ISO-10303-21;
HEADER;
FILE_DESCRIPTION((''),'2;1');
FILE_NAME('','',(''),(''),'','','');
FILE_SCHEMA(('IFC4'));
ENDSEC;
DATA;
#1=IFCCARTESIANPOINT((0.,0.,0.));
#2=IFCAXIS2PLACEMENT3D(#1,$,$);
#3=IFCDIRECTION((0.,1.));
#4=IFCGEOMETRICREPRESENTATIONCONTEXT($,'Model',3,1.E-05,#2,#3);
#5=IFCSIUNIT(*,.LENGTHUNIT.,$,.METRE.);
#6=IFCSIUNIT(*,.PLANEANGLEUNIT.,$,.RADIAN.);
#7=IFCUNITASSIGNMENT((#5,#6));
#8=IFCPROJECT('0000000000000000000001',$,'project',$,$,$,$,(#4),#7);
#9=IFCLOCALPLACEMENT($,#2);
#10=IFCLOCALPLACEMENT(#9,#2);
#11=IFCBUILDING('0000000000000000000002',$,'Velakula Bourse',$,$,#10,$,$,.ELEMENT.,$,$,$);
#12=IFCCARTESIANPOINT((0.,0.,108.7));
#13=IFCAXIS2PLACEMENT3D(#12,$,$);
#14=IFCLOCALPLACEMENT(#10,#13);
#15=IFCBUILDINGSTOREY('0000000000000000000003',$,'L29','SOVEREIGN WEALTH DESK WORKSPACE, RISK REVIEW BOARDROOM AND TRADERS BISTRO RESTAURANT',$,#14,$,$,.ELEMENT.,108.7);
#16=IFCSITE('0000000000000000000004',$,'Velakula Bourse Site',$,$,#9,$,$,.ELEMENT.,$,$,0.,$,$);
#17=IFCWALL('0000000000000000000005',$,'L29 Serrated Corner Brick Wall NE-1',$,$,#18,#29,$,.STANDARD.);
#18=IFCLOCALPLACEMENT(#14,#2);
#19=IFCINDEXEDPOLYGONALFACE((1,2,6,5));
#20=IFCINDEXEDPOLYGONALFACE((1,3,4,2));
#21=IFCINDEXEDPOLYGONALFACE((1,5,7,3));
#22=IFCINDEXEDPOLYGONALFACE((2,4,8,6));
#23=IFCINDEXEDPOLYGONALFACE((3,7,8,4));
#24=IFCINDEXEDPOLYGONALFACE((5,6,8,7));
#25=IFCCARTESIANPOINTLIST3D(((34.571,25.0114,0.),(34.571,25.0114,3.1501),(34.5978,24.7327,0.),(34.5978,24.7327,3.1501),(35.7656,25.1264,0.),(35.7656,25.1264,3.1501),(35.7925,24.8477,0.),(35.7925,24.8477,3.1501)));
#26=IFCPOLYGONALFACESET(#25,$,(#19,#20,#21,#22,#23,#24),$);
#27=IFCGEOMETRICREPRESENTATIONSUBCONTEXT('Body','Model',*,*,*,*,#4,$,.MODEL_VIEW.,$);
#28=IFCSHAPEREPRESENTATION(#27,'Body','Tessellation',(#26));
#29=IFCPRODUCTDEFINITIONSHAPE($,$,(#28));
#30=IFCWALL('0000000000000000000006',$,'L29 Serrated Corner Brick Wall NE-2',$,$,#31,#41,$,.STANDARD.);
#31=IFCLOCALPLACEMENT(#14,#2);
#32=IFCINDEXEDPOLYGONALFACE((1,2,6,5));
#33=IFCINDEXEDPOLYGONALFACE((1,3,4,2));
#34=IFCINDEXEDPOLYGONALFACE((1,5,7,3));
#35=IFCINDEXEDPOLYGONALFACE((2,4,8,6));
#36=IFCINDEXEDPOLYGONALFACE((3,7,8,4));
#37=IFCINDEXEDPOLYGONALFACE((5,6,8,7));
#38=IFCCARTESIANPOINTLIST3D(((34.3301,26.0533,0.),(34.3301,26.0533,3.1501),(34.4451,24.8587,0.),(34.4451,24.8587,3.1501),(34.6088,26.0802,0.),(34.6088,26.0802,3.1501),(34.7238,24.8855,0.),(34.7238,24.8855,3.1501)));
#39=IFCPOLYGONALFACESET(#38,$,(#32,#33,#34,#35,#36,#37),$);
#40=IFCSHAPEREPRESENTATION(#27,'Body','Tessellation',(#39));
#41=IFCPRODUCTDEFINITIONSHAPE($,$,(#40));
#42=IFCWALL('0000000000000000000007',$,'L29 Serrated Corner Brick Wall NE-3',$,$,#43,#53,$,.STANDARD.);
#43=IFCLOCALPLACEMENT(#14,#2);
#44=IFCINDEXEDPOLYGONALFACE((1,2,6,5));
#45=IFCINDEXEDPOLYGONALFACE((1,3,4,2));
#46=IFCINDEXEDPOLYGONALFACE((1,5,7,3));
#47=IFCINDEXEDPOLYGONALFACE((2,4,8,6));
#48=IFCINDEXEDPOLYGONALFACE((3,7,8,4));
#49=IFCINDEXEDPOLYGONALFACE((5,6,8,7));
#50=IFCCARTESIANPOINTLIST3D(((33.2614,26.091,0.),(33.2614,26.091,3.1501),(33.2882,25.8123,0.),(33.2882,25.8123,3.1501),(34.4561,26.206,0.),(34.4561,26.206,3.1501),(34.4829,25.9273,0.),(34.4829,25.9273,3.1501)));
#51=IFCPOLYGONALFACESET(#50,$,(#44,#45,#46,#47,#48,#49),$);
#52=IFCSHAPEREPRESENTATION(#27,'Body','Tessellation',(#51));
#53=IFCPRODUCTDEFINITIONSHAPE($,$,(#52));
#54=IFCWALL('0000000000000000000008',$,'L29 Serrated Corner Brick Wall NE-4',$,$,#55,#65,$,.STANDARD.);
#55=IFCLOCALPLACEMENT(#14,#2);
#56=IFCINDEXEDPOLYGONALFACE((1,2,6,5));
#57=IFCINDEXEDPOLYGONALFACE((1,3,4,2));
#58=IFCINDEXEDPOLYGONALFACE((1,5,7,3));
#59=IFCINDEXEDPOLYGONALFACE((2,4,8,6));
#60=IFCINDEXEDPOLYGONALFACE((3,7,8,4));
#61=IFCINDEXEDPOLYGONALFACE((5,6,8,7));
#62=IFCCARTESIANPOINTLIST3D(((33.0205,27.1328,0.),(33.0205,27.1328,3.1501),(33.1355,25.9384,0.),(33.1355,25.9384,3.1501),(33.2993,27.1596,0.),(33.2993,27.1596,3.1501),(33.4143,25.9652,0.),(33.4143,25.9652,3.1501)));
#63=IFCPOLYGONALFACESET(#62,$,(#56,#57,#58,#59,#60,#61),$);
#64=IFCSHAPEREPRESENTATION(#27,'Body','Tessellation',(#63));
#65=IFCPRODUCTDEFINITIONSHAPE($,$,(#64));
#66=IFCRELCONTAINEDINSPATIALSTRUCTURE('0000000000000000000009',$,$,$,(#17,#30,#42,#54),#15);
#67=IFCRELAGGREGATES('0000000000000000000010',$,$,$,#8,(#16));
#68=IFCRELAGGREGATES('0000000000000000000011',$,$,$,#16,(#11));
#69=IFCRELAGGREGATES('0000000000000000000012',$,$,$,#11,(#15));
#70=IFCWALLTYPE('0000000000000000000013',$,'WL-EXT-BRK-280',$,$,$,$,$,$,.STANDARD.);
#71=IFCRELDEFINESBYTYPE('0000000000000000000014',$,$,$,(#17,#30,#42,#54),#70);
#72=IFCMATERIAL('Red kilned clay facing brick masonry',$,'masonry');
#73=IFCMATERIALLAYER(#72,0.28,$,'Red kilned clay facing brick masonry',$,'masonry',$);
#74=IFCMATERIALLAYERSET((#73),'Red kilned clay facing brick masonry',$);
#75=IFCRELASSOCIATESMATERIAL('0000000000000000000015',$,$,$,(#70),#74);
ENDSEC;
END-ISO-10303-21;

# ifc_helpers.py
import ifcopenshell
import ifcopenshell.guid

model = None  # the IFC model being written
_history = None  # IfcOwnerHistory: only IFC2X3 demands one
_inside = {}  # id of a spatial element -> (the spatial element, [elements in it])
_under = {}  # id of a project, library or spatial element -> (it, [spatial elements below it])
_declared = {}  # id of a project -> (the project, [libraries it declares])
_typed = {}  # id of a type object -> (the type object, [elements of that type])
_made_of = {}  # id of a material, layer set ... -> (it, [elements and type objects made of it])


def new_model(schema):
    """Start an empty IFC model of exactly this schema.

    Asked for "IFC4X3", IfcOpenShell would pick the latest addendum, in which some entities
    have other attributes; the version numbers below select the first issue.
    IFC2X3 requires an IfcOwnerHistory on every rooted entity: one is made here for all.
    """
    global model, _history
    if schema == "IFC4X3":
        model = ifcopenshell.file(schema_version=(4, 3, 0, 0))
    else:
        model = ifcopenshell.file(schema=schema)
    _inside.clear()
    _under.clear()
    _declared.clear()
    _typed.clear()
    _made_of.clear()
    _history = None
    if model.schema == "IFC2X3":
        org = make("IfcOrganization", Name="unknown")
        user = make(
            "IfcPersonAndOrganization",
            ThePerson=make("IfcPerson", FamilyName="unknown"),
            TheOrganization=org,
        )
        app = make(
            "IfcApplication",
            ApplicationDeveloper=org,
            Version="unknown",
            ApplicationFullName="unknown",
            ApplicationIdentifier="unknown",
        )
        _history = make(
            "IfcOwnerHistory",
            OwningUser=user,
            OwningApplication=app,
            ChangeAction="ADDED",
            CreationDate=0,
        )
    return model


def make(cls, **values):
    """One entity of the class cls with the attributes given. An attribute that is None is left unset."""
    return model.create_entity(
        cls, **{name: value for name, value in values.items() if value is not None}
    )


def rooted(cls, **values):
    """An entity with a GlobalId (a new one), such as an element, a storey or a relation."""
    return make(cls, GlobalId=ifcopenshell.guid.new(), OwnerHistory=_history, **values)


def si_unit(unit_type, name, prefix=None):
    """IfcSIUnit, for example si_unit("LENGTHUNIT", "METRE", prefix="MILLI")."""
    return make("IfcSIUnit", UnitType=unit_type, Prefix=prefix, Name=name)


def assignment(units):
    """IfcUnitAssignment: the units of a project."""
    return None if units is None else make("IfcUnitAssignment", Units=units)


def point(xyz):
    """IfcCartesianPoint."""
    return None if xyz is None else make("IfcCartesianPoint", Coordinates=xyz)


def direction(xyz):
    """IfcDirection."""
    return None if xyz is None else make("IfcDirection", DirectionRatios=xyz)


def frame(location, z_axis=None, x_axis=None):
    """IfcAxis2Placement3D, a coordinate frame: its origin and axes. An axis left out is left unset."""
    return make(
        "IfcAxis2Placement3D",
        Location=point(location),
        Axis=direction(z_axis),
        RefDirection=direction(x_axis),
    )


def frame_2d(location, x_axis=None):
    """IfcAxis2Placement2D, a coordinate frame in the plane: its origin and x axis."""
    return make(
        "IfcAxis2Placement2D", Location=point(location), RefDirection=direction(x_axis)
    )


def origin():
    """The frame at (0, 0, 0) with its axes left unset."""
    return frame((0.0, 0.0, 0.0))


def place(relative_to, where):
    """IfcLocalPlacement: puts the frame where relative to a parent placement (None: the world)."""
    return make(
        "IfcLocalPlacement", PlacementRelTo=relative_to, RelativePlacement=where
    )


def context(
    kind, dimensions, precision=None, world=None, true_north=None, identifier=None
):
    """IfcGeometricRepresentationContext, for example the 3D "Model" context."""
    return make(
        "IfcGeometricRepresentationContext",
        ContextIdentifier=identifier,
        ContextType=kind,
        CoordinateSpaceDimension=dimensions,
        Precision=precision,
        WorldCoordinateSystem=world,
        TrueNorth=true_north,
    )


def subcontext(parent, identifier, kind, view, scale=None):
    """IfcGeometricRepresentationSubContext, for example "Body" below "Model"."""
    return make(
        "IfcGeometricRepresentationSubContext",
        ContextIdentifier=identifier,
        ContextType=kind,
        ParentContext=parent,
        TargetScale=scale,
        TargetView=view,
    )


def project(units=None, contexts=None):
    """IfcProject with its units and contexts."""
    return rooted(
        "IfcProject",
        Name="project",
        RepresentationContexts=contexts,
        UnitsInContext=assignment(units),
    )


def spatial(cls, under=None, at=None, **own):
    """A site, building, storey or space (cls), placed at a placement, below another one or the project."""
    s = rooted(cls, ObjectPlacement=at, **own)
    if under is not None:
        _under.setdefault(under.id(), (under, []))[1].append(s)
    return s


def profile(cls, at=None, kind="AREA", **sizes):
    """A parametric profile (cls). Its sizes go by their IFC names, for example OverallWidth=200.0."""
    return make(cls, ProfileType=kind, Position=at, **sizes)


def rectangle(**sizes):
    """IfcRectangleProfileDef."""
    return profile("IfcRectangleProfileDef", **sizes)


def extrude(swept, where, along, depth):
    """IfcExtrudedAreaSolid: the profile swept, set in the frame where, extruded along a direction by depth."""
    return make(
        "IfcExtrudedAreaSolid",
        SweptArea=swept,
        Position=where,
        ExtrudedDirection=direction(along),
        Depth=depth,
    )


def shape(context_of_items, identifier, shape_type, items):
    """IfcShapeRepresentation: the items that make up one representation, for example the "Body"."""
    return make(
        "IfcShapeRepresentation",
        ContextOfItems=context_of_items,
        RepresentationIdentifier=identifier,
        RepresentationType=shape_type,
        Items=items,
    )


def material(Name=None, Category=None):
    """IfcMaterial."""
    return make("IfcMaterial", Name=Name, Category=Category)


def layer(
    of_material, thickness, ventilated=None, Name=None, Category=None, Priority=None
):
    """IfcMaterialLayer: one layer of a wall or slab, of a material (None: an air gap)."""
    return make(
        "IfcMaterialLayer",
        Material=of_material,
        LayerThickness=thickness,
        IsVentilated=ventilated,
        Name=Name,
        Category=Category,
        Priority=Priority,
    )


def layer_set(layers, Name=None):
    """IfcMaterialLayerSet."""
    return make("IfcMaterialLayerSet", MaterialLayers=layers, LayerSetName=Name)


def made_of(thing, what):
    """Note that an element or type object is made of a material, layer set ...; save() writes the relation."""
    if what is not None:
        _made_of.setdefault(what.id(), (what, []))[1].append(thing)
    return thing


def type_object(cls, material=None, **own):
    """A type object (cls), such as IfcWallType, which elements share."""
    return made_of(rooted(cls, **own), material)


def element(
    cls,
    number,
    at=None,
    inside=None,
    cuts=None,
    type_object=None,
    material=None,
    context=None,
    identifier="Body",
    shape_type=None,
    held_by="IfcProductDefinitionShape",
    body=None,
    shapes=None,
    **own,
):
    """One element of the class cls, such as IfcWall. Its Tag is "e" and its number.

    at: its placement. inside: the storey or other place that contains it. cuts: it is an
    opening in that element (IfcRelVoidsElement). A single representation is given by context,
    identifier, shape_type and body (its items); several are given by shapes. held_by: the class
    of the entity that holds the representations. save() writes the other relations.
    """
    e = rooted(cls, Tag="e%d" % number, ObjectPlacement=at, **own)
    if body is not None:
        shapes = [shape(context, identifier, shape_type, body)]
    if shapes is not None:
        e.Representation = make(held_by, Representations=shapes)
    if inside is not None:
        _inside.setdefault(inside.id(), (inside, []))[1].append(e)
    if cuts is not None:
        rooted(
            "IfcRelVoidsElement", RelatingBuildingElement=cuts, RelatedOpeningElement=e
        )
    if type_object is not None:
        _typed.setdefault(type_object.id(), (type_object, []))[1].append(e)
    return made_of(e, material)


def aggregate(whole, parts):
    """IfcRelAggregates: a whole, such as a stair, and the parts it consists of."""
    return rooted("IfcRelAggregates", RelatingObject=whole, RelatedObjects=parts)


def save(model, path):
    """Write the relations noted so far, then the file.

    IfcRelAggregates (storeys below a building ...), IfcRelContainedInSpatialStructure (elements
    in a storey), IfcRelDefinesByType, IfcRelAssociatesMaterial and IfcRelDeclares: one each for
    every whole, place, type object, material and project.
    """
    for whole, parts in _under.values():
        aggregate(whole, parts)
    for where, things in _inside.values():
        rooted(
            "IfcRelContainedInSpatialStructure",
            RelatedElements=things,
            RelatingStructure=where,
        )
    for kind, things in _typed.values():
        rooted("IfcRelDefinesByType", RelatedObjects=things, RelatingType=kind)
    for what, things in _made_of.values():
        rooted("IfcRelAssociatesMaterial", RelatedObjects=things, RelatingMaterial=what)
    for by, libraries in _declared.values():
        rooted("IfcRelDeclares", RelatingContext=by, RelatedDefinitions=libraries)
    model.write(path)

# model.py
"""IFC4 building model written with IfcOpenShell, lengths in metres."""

from ifc_helpers import new_model, si_unit, direction, frame, frame_2d, origin, place, context, subcontext, project, spatial, rectangle, extrude, material, layer, layer_set, type_object, element, save


model = new_model("IFC4")

# Units and contexts
model_context = context("Model", 3, precision=1e-05, world=origin(), true_north=direction((0.0, 1.0)))
body_context = subcontext(model_context, "Body", "Model", "MODEL_VIEW")
ifc_project = project(units=[si_unit("LENGTHUNIT", "METRE"), si_unit("PLANEANGLEUNIT", "RADIAN")], contexts=[model_context])

# Site, building, storey
site_placement = place(None, origin())
site = spatial("IfcSite", under=ifc_project, at=site_placement, Name="Velakula Bourse Site", CompositionType="ELEMENT", RefElevation=0.0)
building_placement = place(site_placement, origin())
building = spatial("IfcBuilding", under=site, at=building_placement, Name="Velakula Bourse", CompositionType="ELEMENT")
storey_placement = place(building_placement, frame((0.0, 0.0, 108.7)))
storey = spatial("IfcBuildingStorey", under=building, at=storey_placement, Name="L29", Description="SOVEREIGN WEALTH DESK WORKSPACE, RISK REVIEW BOARDROOM AND TRADERS BISTRO RESTAURANT", CompositionType="ELEMENT", Elevation=108.7)

# Shared definitions
ifc_material_1 = material(Name="Red kilned clay facing brick masonry", Category="masonry")
ifc_layer = layer(ifc_material_1, 0.28, Name="Red kilned clay facing brick masonry", Category="masonry")
ifc_layer_set = layer_set([ifc_layer], Name="Red kilned clay facing brick masonry")
wall_type = type_object("IfcWallType", Name="WL-EXT-BRK-280", PredefinedType="STANDARD", material=ifc_layer_set)

# Walls
for number, where, z_axis, x_axis, name in (
    (1, (35.7791, 24.9871, 0.0), (0.0, 0.0, 1.0), (-0.995399, -0.095817, 0.0), "L29 Serrated Corner Brick Wall NE-1"),
    (2, (34.5845, 24.8721, 0.0), (0.0, 0.0, 1.0), (-0.095817, 0.995399, 0.0), "L29 Serrated Corner Brick Wall NE-2"),
    (3, (34.4695, 26.0667, 0.0), (0.0, 0.0, 1.0), (-0.995399, -0.095817, 0.0), "L29 Serrated Corner Brick Wall NE-3"),
):
    element("IfcWall", number, at=place(storey_placement, frame(where, z_axis=z_axis, x_axis=x_axis)), inside=storey, type_object=wall_type, Name=name, PredefinedType="STANDARD", context=body_context, shape_type="SweptSolid", body=[
        extrude(rectangle(XDim=1.2002, YDim=0.28, at=frame_2d((0.6001, 0.0))), origin(), (0.0, 0.0, 1.0), 3.1501),
    ])
wall_1_placement = place(storey_placement, frame((33.2749, 25.9517, 0.0), z_axis=(0.0, 0.0, 1.0), x_axis=(-0.095836, 0.995397, 0.0)))
element("IfcWall", 4, at=wall_1_placement, inside=storey, type_object=wall_type, Name="L29 Serrated Corner Brick Wall NE-4", PredefinedType="STANDARD", context=body_context, shape_type="SweptSolid", body=[
    extrude(rectangle(XDim=1.2, YDim=0.28, at=frame_2d((0.6001, 0.0))), origin(), (0.0, 0.0, 1.0), 3.1501),
])

save(model, "model.ifc")
